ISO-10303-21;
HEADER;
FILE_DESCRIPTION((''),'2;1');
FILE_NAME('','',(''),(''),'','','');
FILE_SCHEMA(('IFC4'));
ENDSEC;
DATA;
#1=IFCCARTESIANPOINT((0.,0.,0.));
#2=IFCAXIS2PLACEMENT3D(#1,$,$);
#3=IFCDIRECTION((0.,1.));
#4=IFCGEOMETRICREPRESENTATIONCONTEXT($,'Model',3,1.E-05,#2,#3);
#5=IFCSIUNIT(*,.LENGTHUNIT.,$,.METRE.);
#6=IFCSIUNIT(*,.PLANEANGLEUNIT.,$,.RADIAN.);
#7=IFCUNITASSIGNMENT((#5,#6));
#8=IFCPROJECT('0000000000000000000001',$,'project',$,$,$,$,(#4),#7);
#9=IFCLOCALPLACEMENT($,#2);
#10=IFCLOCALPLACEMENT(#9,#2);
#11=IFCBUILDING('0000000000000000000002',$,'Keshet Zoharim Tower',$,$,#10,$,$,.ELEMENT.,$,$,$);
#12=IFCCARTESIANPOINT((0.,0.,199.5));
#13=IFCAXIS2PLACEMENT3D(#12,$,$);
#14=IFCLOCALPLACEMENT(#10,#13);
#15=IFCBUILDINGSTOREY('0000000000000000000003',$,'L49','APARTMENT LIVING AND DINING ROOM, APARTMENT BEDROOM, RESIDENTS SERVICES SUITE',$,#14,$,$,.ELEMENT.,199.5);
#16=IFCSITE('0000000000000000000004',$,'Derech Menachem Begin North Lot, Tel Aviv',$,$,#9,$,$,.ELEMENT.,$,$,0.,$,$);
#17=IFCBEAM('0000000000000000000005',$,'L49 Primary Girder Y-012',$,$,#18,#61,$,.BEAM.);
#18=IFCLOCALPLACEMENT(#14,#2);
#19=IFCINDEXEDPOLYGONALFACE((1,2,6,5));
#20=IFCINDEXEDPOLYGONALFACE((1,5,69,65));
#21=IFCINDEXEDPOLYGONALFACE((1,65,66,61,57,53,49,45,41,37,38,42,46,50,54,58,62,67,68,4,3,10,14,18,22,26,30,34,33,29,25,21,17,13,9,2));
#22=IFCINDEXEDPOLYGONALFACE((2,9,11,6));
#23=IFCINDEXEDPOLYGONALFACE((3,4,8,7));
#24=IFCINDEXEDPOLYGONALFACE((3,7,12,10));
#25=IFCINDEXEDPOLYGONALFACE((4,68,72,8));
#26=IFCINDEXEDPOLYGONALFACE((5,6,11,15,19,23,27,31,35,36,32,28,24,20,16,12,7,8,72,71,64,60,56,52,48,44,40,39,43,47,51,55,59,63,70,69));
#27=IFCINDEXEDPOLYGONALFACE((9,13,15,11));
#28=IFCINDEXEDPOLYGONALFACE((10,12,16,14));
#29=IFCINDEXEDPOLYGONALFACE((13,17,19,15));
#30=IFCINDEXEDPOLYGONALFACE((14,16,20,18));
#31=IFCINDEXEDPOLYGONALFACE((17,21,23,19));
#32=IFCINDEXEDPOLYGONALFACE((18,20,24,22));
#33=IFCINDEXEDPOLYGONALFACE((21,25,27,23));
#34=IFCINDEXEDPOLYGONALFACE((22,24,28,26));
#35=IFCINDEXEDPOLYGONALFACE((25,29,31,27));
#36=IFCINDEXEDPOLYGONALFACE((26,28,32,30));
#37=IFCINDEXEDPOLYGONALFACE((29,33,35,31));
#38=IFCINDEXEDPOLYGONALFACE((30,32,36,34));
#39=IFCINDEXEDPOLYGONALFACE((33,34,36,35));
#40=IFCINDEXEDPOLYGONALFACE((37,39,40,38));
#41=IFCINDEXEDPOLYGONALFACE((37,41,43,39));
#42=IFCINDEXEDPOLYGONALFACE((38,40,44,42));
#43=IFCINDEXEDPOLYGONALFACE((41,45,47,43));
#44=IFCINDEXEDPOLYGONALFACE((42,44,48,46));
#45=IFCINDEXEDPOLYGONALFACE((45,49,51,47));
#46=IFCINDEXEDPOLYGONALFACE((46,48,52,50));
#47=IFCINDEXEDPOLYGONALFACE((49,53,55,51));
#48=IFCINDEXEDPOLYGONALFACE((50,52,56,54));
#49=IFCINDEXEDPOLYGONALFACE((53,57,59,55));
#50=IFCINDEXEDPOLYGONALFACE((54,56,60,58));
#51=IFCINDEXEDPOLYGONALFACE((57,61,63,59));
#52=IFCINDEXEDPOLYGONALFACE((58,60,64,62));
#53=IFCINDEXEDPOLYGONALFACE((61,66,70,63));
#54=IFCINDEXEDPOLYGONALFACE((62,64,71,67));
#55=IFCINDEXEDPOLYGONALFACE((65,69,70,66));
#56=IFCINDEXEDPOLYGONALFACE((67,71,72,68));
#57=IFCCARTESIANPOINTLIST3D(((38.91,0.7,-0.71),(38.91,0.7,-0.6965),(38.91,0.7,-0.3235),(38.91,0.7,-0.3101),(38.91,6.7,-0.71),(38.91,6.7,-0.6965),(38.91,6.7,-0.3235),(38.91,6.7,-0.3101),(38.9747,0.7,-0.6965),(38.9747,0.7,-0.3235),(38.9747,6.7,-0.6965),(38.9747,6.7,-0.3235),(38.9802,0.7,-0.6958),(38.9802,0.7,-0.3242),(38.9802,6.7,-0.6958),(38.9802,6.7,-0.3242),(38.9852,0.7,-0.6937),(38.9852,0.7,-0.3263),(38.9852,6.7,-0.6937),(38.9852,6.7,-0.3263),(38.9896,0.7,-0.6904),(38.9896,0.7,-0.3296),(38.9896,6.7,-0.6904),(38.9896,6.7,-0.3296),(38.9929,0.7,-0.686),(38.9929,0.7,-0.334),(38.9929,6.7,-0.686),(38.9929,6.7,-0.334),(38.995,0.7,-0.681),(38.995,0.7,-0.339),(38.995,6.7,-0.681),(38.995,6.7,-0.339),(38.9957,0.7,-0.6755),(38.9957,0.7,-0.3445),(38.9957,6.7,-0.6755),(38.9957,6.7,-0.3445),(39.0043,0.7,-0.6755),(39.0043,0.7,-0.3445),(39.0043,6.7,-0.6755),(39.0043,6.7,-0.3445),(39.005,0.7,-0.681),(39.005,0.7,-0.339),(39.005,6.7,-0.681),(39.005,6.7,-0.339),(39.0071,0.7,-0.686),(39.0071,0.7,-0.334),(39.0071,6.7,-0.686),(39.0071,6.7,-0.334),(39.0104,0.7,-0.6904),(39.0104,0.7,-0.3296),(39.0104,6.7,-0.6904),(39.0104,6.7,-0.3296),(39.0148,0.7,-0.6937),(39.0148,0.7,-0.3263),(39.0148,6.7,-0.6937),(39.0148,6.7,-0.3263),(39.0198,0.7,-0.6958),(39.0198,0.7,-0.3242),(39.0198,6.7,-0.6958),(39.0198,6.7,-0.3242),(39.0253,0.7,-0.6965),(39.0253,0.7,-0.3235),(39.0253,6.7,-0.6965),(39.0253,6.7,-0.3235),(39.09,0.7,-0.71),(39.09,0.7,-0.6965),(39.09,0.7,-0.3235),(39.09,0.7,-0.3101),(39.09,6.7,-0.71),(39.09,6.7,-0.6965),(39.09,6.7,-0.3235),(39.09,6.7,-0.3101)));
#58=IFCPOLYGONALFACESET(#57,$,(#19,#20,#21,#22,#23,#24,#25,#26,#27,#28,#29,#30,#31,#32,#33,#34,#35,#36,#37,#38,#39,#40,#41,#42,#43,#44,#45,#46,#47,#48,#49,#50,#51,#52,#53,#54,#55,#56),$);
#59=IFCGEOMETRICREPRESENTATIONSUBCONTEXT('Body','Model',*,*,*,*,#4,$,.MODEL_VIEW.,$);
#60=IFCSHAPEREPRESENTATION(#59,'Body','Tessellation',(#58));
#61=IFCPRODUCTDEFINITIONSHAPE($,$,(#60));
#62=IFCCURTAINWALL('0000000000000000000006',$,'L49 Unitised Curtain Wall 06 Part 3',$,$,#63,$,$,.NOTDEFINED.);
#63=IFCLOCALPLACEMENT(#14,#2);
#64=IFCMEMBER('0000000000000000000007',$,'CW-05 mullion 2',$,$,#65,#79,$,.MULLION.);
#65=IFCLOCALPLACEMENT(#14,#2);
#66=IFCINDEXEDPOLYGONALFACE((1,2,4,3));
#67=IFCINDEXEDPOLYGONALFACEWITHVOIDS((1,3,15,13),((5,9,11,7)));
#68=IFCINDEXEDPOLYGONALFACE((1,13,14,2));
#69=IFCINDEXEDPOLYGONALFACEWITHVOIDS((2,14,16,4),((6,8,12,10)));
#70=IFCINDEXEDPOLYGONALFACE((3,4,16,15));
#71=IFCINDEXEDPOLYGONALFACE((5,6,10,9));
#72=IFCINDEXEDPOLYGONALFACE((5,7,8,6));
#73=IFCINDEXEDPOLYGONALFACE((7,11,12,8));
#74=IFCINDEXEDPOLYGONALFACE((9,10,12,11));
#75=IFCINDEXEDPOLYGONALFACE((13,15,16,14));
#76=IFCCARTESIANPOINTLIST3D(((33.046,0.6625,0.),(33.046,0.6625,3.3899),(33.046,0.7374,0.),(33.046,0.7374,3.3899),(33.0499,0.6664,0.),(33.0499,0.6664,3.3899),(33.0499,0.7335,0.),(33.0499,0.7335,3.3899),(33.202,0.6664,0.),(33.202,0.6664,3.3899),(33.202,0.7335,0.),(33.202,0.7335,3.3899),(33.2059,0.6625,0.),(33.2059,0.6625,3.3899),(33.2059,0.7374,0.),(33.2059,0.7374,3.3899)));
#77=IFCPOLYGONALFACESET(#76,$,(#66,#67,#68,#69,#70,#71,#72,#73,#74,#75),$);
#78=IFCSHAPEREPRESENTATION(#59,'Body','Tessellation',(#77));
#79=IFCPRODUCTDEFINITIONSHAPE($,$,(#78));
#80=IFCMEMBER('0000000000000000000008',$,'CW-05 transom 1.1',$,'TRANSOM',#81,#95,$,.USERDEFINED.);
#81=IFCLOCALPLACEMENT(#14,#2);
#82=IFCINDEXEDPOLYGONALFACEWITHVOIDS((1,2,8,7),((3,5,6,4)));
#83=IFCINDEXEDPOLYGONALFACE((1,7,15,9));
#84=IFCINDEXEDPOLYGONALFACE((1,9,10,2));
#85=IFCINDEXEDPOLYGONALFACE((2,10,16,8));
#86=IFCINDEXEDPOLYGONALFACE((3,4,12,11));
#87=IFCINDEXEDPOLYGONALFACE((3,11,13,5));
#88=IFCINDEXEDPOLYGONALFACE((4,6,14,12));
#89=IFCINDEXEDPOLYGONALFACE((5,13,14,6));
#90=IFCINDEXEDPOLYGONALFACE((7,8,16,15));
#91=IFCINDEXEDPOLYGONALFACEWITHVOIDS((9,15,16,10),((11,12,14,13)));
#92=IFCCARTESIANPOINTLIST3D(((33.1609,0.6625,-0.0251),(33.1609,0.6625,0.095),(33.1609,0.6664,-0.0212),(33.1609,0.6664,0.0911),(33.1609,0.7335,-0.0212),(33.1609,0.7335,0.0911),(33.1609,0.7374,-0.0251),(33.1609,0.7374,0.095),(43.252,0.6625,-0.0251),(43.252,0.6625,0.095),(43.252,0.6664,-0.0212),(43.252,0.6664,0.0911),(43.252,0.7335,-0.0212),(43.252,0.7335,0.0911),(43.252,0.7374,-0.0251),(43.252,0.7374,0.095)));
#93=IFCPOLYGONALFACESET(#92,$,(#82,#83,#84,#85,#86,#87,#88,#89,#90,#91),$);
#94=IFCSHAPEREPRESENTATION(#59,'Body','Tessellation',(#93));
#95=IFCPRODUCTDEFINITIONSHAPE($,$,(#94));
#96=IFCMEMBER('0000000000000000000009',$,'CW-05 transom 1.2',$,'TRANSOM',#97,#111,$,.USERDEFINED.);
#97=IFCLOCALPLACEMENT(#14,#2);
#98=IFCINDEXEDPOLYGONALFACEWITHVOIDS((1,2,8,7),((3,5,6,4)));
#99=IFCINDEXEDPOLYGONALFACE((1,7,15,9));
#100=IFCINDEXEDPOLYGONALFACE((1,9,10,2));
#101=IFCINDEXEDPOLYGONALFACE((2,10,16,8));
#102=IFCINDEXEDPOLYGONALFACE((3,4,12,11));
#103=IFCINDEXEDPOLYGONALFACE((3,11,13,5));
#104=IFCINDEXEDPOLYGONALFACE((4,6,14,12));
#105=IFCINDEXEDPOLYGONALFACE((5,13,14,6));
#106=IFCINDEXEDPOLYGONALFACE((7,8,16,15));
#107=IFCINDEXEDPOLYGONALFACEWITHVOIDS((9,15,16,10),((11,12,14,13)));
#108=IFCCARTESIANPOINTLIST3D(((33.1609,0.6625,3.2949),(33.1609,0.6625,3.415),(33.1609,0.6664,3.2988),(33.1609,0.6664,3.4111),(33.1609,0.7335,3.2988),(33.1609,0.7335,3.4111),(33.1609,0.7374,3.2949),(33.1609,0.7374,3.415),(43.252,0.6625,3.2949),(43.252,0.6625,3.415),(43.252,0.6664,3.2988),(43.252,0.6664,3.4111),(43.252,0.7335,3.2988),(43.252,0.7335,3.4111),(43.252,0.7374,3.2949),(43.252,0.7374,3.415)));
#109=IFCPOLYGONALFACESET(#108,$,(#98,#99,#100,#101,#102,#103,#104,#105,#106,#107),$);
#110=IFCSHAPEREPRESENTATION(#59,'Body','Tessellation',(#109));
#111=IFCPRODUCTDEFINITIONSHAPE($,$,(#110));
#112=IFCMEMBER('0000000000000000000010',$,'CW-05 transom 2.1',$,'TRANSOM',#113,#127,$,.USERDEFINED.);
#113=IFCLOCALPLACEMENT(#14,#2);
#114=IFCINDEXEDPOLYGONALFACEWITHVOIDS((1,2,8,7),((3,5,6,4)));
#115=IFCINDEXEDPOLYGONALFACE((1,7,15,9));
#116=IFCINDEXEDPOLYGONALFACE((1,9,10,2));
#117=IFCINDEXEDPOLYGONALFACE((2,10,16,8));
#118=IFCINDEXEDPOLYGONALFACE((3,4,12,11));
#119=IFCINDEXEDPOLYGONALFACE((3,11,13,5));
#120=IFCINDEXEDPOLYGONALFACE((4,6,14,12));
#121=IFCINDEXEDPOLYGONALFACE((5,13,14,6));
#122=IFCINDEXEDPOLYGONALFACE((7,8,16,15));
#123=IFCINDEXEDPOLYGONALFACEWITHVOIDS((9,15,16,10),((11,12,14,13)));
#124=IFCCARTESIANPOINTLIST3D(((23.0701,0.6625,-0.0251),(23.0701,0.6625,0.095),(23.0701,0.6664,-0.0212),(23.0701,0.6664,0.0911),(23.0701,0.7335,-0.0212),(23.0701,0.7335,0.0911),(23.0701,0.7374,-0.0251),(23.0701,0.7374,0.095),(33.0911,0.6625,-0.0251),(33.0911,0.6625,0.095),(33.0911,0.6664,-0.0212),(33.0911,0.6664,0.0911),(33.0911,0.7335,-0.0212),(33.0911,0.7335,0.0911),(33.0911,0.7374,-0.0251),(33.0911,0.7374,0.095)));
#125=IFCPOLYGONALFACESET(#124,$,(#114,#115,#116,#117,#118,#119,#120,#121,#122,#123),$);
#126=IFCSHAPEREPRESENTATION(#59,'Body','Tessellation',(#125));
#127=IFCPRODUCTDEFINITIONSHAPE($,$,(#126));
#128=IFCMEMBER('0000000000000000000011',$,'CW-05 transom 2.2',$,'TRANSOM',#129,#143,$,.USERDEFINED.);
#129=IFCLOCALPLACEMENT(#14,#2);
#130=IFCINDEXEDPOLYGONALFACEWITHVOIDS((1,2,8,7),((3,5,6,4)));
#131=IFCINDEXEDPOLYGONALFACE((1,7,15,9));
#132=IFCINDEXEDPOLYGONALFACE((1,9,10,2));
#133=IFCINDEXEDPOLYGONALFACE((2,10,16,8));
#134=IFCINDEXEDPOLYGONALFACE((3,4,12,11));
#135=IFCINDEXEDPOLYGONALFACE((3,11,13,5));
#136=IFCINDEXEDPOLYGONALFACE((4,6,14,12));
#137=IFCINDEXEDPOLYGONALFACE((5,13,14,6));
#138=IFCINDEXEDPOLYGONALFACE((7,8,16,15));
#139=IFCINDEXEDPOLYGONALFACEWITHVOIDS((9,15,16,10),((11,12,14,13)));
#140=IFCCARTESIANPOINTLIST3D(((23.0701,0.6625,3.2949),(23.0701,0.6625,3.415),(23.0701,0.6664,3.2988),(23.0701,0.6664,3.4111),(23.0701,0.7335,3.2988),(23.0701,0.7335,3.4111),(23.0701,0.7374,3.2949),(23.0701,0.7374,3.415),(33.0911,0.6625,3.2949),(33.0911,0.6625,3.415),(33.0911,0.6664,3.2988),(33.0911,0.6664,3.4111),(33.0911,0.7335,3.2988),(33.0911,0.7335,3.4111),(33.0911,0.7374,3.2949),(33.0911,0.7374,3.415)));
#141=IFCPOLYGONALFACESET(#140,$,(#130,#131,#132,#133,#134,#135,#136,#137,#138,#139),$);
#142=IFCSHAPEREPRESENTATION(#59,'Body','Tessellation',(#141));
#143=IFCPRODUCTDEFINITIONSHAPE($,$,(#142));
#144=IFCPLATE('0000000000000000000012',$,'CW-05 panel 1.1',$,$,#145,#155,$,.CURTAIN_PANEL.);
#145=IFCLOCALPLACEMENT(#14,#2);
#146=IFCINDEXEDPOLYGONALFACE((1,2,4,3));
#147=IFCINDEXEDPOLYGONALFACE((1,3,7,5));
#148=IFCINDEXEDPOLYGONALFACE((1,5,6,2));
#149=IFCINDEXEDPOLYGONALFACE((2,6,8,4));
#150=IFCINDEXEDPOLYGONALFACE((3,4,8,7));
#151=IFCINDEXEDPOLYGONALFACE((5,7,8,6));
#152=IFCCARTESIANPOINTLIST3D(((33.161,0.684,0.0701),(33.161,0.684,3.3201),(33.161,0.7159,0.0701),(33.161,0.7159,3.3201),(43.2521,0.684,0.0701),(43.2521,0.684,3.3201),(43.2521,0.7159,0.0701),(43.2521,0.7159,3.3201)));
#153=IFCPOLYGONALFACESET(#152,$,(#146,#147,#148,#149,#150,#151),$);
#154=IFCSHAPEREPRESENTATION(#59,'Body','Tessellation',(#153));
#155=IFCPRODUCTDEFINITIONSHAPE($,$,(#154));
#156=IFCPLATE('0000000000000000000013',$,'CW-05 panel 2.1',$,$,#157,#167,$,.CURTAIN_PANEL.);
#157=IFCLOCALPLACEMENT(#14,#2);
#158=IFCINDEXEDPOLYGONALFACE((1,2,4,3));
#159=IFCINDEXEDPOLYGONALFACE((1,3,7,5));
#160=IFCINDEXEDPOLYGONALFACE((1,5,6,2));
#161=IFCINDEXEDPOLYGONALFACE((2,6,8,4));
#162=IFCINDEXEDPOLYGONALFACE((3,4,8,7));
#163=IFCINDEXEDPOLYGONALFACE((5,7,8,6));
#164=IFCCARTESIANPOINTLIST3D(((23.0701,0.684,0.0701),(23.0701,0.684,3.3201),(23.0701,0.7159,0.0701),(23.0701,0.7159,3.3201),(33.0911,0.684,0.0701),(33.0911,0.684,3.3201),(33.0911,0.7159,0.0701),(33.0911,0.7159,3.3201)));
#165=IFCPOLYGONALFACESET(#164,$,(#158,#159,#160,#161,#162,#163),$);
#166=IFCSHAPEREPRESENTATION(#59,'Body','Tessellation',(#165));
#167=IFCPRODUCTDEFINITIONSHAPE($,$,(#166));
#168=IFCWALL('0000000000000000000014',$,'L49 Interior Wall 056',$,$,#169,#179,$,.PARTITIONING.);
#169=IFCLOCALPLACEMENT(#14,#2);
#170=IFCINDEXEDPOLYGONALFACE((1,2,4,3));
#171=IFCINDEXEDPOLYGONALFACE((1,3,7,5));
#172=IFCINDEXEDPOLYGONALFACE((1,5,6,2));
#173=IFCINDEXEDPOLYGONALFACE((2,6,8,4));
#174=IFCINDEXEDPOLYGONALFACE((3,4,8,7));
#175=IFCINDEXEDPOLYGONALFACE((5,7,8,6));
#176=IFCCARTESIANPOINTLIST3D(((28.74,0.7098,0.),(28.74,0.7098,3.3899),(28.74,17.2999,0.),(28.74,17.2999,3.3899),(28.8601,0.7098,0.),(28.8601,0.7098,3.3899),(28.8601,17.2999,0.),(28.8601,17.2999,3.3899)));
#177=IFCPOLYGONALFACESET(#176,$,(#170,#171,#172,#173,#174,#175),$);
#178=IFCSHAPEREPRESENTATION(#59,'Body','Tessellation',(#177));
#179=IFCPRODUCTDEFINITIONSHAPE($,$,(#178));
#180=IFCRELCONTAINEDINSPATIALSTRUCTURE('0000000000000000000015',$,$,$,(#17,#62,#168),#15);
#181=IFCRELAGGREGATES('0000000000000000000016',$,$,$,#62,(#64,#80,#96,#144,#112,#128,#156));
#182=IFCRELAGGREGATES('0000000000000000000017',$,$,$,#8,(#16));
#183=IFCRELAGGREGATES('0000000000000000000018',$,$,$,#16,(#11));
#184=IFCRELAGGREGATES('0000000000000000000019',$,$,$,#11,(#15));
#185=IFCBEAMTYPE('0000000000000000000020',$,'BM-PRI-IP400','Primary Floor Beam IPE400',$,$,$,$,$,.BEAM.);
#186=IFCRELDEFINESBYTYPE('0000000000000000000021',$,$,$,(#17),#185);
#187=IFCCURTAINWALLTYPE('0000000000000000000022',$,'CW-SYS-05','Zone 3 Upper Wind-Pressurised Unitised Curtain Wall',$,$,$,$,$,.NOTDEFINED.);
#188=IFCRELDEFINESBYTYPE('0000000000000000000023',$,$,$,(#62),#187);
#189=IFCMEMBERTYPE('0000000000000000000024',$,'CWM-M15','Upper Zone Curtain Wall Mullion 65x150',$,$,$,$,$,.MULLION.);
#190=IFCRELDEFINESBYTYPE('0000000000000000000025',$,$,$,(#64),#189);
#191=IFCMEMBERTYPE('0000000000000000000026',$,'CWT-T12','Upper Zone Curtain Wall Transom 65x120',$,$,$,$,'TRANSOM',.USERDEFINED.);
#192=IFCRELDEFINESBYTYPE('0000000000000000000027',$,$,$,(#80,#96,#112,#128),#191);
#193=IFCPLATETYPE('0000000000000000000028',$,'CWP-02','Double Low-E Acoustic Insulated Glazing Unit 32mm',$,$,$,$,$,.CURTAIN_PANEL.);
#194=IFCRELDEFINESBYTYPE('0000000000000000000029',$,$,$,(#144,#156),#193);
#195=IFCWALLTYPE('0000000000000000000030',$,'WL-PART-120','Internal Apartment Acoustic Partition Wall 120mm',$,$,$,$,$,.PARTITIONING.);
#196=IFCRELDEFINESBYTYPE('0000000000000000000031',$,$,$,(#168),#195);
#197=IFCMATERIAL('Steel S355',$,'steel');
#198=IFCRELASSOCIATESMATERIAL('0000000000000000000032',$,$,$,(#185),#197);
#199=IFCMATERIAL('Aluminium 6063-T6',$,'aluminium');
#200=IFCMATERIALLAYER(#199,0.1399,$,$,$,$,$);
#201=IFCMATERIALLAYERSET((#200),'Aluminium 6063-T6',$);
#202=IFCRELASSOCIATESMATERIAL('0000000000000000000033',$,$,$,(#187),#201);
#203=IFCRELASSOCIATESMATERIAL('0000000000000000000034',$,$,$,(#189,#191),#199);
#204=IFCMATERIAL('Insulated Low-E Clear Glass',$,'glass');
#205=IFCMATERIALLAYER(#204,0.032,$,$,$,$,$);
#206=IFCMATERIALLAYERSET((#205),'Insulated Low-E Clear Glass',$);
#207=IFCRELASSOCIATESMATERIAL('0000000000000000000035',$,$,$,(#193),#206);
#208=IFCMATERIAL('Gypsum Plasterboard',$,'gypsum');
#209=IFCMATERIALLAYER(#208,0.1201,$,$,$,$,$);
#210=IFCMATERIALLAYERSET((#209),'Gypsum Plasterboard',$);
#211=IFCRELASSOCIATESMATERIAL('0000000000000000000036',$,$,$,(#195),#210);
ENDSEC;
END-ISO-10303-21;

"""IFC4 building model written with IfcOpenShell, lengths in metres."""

from ifc_helpers import new_model, si_unit, direction, frame, frame_2d, origin, origin_2d, place, context, subcontext, project, spatial, rectangle, hollow_rectangle, i_section, extrude, material, layer, layer_set, material_profile, profile_set, type_object, element, aggregate, save


model = new_model("IFC4")

# Units and contexts
model_context = context("Model", 3, precision=1e-05, world=origin(), true_north=direction((0.0, 1.0)))
body_context = subcontext(model_context, "Body", "Model", "MODEL_VIEW")
ifc_project = project(units=[si_unit("LENGTHUNIT", "METRE"), si_unit("PLANEANGLEUNIT", "RADIAN")], contexts=[model_context])

# Site, building, storey
site_placement = place(None, origin())
site = spatial("IfcSite", under=ifc_project, at=site_placement, Name="Derech Menachem Begin North Lot, Tel Aviv", CompositionType="ELEMENT", RefElevation=0.0)
building_placement = place(site_placement, origin())
building = spatial("IfcBuilding", under=site, at=building_placement, Name="Keshet Zoharim Tower", CompositionType="ELEMENT")
storey_placement = place(building_placement, frame((0.0, 0.0, 199.5)))
storey = spatial("IfcBuildingStorey", under=building, at=storey_placement, Name="L49", Description="APARTMENT LIVING AND DINING ROOM, APARTMENT BEDROOM, RESIDENTS SERVICES SUITE", CompositionType="ELEMENT", Elevation=199.5)

# Shared definitions
ifc_material_1 = material(Name="Steel S355", Category="steel")

# Beam
ifc_material_profile_1 = material_profile(ifc_material_1, i_section(OverallWidth=0.1799, OverallDepth=0.3999, WebThickness=0.0085, FlangeThickness=0.0134, FilletRadius=0.021, at=origin_2d()), Name="IPE400")
ifc_profile_set_1 = profile_set([ifc_material_profile_1], Name="Steel S355")
beam_type_1 = type_object("IfcBeamType", Name="BM-PRI-IP400", Description="Primary Floor Beam IPE400", PredefinedType="BEAM", material=ifc_profile_set_1)
for number, where, z_axis, x_axis, name in (
    (1, (39.0, 0.7, -0.51), (0.0, 1.0, 0.0), (-1.0, 0.0, 0.0), "L49 Primary Girder Y-012"),
):
    element("IfcBeam", number, at=place(storey_placement, frame(where, z_axis=z_axis, x_axis=x_axis)), inside=storey, type_object=beam_type_1, Name=name, PredefinedType="BEAM", context=body_context, shape_type="SweptSolid", body=[
        extrude(i_section(OverallWidth=0.1799, OverallDepth=0.3999, WebThickness=0.0085, FlangeThickness=0.0134, FilletRadius=0.021, at=origin_2d()), origin(), (0.0, 0.0, 1.0), 6.0),
    ])

# Curtain wall, members, plates
ifc_material_2 = material(Name="Aluminium 6063-T6", Category="aluminium")
ifc_layer_1 = layer(ifc_material_2, 0.1399)
ifc_layer_set_1 = layer_set([ifc_layer_1], Name="Aluminium 6063-T6")
curtain_wall_type = type_object("IfcCurtainWallType", Name="CW-SYS-05", Description="Zone 3 Upper Wind-Pressurised Unitised Curtain Wall", PredefinedType="NOTDEFINED", material=ifc_layer_set_1)
curtain_wall_placement = place(storey_placement, origin())
curtain_wall = element("IfcCurtainWall", 2, at=curtain_wall_placement, inside=storey, type_object=curtain_wall_type, Name="L49 Unitised Curtain Wall 06 Part 3", PredefinedType="NOTDEFINED")
ifc_material_profile_2 = material_profile(ifc_material_2, hollow_rectangle(XDim=0.075, YDim=0.1599, WallThickness=0.0039, at=origin_2d()), Name="MUL-75x160")
ifc_profile_set_2 = profile_set([ifc_material_profile_2], Name="Aluminium 6063-T6")
member_type_1 = type_object("IfcMemberType", Name="CWM-M15", Description="Upper Zone Curtain Wall Mullion 65x150", PredefinedType="MULLION", material=ifc_profile_set_2)
member_1_placement = place(storey_placement, frame((33.126, 0.7, 0.0), z_axis=(0.0, 0.0, 1.0), x_axis=(0.0, -1.0, 0.0)))
member_1 = element("IfcMember", 3, at=member_1_placement, type_object=member_type_1, Name="CW-05 mullion 2", PredefinedType="MULLION", context=body_context, shape_type="SweptSolid", body=[
    extrude(hollow_rectangle(XDim=0.075, YDim=0.1599, WallThickness=0.0039, at=origin_2d()), origin(), (0.0, 0.0, 1.0), 3.3899),
])
ifc_material_profile_3 = material_profile(ifc_material_2, hollow_rectangle(XDim=0.075, YDim=0.1201, WallThickness=0.0039, at=origin_2d()), Name="TRN-75x120")
ifc_profile_set_3 = profile_set([ifc_material_profile_3], Name="Aluminium 6063-T6")
member_type_2 = type_object("IfcMemberType", Name="CWT-T12", Description="Upper Zone Curtain Wall Transom 65x120", ElementType="TRANSOM", PredefinedType="USERDEFINED", material=ifc_profile_set_3)
member_2_placement = place(storey_placement, frame((43.252, 0.7, 0.0349), z_axis=(-1.0, 0.0, 0.0), x_axis=(0.0, -1.0, 0.0)))
member_2 = element("IfcMember", 4, at=member_2_placement, type_object=member_type_2, Name="CW-05 transom 1.1", ObjectType="TRANSOM", PredefinedType="USERDEFINED", context=body_context, shape_type="SweptSolid", body=[
    extrude(hollow_rectangle(XDim=0.075, YDim=0.1201, WallThickness=0.0039, at=origin_2d()), origin(), (0.0, 0.0, 1.0), 10.0911),
])
member_3_placement = place(storey_placement, frame((43.252, 0.7, 3.355), z_axis=(-1.0, 0.0, 0.0), x_axis=(0.0, -1.0, 0.0)))
member_3 = element("IfcMember", 5, at=member_3_placement, type_object=member_type_2, Name="CW-05 transom 1.2", ObjectType="TRANSOM", PredefinedType="USERDEFINED", context=body_context, shape_type="SweptSolid", body=[
    extrude(hollow_rectangle(XDim=0.075, YDim=0.1201, WallThickness=0.0039, at=origin_2d()), origin(), (0.0, 0.0, 1.0), 10.0911),
])
member_4_placement = place(storey_placement, frame((33.0911, 0.7, 0.0349), z_axis=(-1.0, 0.0, 0.0), x_axis=(0.0, -1.0, 0.0)))
member_4 = element("IfcMember", 6, at=member_4_placement, type_object=member_type_2, Name="CW-05 transom 2.1", ObjectType="TRANSOM", PredefinedType="USERDEFINED", context=body_context, shape_type="SweptSolid", body=[
    extrude(hollow_rectangle(XDim=0.075, YDim=0.1201, WallThickness=0.0039, at=origin_2d()), origin(), (0.0, 0.0, 1.0), 10.021),
])
member_5_placement = place(storey_placement, frame((33.0911, 0.7, 3.355), z_axis=(-1.0, 0.0, 0.0), x_axis=(0.0, -1.0, 0.0)))
member_5 = element("IfcMember", 7, at=member_5_placement, type_object=member_type_2, Name="CW-05 transom 2.2", ObjectType="TRANSOM", PredefinedType="USERDEFINED", context=body_context, shape_type="SweptSolid", body=[
    extrude(hollow_rectangle(XDim=0.075, YDim=0.1201, WallThickness=0.0039, at=origin_2d()), origin(), (0.0, 0.0, 1.0), 10.021),
])
ifc_material_3 = material(Name="Insulated Low-E Clear Glass", Category="glass")
ifc_layer_2 = layer(ifc_material_3, 0.032)
ifc_layer_set_2 = layer_set([ifc_layer_2], Name="Insulated Low-E Clear Glass")
plate_type = type_object("IfcPlateType", Name="CWP-02", Description="Double Low-E Acoustic Insulated Glazing Unit 32mm", PredefinedType="CURTAIN_PANEL", material=ifc_layer_set_2)
plate_1_placement = place(storey_placement, frame((38.2065, 0.7, 0.0701), z_axis=(0.0, 0.0, 1.0), x_axis=(-1.0, 0.0, 0.0)))
plate_1 = element("IfcPlate", 8, at=plate_1_placement, type_object=plate_type, Name="CW-05 panel 1.1", PredefinedType="CURTAIN_PANEL", context=body_context, shape_type="SweptSolid", body=[
    extrude(rectangle(XDim=10.0911, YDim=0.032, at=origin_2d()), origin(), (0.0, 0.0, 1.0), 3.25),
])
plate_2_placement = place(storey_placement, frame((28.0806, 0.7, 0.0701), z_axis=(0.0, 0.0, 1.0), x_axis=(-1.0, 0.0, 0.0)))
plate_2 = element("IfcPlate", 9, at=plate_2_placement, type_object=plate_type, Name="CW-05 panel 2.1", PredefinedType="CURTAIN_PANEL", context=body_context, shape_type="SweptSolid", body=[
    extrude(rectangle(XDim=10.021, YDim=0.032, at=origin_2d()), origin(), (0.0, 0.0, 1.0), 3.25),
])
aggregate(curtain_wall, [member_1, member_2, member_3, plate_1, member_4, member_5, plate_2])

# Wall
ifc_material_4 = material(Name="Gypsum Plasterboard", Category="gypsum")
ifc_layer_3 = layer(ifc_material_4, 0.1201)
ifc_layer_set_3 = layer_set([ifc_layer_3], Name="Gypsum Plasterboard")
wall_type = type_object("IfcWallType", Name="WL-PART-120", Description="Internal Apartment Acoustic Partition Wall 120mm", PredefinedType="PARTITIONING", material=ifc_layer_set_3)
wall_1_placement = place(storey_placement, frame((28.8, 0.71, 0.0), z_axis=(0.0, 0.0, 1.0), x_axis=(0.0, 1.0, 0.0)))
element("IfcWall", 10, at=wall_1_placement, inside=storey, type_object=wall_type, Name="L49 Interior Wall 056", PredefinedType="PARTITIONING", context=body_context, shape_type="SweptSolid", body=[
    extrude(rectangle(XDim=16.5901, YDim=0.1201, at=frame_2d((8.2949, 0.0))), origin(), (0.0, 0.0, 1.0), 3.3899),
])

save(model, "model.ifc")
